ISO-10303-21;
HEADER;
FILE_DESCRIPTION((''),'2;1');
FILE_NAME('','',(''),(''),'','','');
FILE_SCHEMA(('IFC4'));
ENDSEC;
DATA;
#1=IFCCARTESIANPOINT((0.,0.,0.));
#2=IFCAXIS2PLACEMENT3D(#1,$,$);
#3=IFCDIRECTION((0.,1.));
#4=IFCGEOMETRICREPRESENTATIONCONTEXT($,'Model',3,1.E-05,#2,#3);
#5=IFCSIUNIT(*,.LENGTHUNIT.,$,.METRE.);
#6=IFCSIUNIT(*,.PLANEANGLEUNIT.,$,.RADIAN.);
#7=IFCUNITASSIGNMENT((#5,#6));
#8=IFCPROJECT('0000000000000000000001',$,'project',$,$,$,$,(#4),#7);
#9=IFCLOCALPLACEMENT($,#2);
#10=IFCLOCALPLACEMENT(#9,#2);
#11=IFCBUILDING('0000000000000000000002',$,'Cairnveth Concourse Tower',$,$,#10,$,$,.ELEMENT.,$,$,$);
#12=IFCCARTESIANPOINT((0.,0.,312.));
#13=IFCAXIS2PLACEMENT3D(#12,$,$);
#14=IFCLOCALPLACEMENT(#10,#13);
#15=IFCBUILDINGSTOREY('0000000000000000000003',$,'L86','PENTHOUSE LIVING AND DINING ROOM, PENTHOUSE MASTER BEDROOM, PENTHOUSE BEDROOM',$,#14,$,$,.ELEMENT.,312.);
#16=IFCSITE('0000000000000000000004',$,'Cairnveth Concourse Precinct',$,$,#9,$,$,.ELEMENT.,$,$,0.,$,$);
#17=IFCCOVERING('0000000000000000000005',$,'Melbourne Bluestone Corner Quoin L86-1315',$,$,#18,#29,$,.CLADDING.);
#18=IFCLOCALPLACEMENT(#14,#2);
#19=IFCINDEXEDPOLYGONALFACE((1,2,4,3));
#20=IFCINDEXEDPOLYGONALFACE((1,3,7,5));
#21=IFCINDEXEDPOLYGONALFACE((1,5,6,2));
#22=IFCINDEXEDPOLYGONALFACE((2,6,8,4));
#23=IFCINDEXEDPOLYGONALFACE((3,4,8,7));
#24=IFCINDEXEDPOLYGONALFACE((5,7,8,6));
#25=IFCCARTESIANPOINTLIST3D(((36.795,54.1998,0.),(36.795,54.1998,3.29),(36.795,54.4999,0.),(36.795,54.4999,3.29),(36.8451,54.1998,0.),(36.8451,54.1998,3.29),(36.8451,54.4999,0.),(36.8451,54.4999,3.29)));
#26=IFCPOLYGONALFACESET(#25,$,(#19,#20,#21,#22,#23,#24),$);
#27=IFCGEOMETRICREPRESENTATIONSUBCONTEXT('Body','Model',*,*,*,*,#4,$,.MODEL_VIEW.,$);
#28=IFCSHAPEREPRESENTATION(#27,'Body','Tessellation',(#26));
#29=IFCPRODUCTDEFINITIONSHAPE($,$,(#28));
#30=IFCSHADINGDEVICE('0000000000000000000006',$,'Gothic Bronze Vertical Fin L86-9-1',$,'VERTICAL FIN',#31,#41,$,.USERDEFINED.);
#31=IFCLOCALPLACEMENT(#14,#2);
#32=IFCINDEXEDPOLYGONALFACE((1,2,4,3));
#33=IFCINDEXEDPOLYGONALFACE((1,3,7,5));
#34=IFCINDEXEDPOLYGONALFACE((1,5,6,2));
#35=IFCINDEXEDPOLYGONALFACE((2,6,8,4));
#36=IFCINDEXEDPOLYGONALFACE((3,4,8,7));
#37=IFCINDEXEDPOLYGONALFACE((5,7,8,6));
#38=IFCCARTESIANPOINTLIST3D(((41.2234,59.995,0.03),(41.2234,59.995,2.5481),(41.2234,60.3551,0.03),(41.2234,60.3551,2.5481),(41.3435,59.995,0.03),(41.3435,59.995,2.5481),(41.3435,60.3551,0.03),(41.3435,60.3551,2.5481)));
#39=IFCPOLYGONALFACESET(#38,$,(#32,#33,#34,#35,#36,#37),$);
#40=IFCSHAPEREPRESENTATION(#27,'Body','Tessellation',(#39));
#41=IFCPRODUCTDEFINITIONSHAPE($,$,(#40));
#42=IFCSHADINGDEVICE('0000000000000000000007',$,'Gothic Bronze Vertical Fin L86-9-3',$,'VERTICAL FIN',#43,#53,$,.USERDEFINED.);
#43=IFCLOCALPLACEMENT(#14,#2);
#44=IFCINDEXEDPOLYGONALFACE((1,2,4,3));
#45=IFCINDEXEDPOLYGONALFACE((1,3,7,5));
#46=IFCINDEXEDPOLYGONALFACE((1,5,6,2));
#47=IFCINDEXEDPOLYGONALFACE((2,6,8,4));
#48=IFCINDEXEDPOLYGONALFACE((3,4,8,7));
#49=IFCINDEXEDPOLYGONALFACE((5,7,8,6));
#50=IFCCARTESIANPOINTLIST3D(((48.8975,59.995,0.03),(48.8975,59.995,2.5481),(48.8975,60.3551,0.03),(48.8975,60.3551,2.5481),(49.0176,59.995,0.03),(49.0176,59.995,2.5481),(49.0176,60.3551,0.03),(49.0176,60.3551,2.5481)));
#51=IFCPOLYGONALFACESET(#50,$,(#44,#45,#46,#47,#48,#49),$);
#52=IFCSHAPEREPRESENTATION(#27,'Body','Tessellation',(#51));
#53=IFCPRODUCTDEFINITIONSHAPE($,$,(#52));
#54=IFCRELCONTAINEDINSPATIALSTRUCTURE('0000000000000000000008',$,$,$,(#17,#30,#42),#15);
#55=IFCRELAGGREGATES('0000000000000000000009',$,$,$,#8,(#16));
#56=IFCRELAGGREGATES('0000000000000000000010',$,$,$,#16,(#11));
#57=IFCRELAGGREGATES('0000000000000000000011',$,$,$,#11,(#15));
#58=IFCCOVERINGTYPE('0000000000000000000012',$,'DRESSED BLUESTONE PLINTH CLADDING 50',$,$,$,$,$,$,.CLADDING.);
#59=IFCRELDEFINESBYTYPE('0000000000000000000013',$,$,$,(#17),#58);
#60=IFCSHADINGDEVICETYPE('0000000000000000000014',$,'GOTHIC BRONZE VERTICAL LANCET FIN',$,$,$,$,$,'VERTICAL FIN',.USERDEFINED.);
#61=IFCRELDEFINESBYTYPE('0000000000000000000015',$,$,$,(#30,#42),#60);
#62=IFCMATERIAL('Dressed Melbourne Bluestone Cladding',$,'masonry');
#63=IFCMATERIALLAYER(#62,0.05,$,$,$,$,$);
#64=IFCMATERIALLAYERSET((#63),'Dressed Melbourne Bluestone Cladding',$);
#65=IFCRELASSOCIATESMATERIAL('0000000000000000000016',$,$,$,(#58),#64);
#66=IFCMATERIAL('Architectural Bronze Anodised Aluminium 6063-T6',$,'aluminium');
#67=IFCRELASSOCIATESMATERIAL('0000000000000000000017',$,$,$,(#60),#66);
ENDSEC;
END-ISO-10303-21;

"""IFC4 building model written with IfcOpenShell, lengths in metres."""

from ifc_helpers import new_model, si_unit, direction, frame, frame_2d, origin, origin_2d, place, context, subcontext, project, spatial, rectangle, extrude, material, layer, layer_set, type_object, element, save


model = new_model("IFC4")

# Units and contexts
model_context = context("Model", 3, precision=1e-05, world=origin(), true_north=direction((0.0, 1.0)))
body_context = subcontext(model_context, "Body", "Model", "MODEL_VIEW")
ifc_project = project(units=[si_unit("LENGTHUNIT", "METRE"), si_unit("PLANEANGLEUNIT", "RADIAN")], contexts=[model_context])

# Site, building, storey
site_placement = place(None, origin())
site = spatial("IfcSite", under=ifc_project, at=site_placement, Name="Cairnveth Concourse Precinct", CompositionType="ELEMENT", RefElevation=0.0)
building_placement = place(site_placement, origin())
building = spatial("IfcBuilding", under=site, at=building_placement, Name="Cairnveth Concourse Tower", CompositionType="ELEMENT")
storey_placement = place(building_placement, frame((0.0, 0.0, 312.0)))
storey = spatial("IfcBuildingStorey", under=building, at=storey_placement, Name="L86", Description="PENTHOUSE LIVING AND DINING ROOM, PENTHOUSE MASTER BEDROOM, PENTHOUSE BEDROOM", CompositionType="ELEMENT", Elevation=312.0)

# Covering
ifc_material_1 = material(Name="Dressed Melbourne Bluestone Cladding", Category="masonry")
ifc_layer_1 = layer(ifc_material_1, 0.05)
ifc_layer_set_1 = layer_set([ifc_layer_1], Name="Dressed Melbourne Bluestone Cladding")
covering_type = type_object("IfcCoveringType", Name="DRESSED BLUESTONE PLINTH CLADDING 50", PredefinedType="CLADDING", material=ifc_layer_set_1)
covering_placement = place(storey_placement, frame((36.8201, 54.2, 0.0), z_axis=(0.0, 0.0, 1.0), x_axis=(0.0, 1.0, 0.0)))
element("IfcCovering", 1, at=covering_placement, inside=storey, type_object=covering_type, Name="Melbourne Bluestone Corner Quoin L86-1315", PredefinedType="CLADDING", context=body_context, shape_type="SweptSolid", body=[
    extrude(rectangle(XDim=0.3, YDim=0.05, at=frame_2d((0.1499, 0.0))), origin(), (0.0, 0.0, 1.0), 3.29),
])

# Shading devices
ifc_material_2 = material(Name="Architectural Bronze Anodised Aluminium 6063-T6", Category="aluminium")
shading_device_type = type_object("IfcShadingDeviceType", Name="GOTHIC BRONZE VERTICAL LANCET FIN", ElementType="VERTICAL FIN", PredefinedType="USERDEFINED", material=ifc_material_2)
for number, where, z_axis, x_axis, name in (
    (2, (41.2834, 60.175, 0.03), (0.0, 0.0, 1.0), (1.0, 0.0, 0.0), "Gothic Bronze Vertical Fin L86-9-1"),
    (3, (48.9575, 60.175, 0.03), (0.0, 0.0, 1.0), (1.0, 0.0, 0.0), "Gothic Bronze Vertical Fin L86-9-3"),
):
    element("IfcShadingDevice", number, at=place(storey_placement, frame(where, z_axis=z_axis, x_axis=x_axis)), inside=storey, type_object=shading_device_type, Name=name, ObjectType="VERTICAL FIN", PredefinedType="USERDEFINED", context=body_context, shape_type="SweptSolid", body=[
        extrude(rectangle(XDim=0.1201, YDim=0.3601, at=origin_2d()), origin(), (0.0, 0.0, 1.0), 2.5181),
    ])

save(model, "model.ifc")
